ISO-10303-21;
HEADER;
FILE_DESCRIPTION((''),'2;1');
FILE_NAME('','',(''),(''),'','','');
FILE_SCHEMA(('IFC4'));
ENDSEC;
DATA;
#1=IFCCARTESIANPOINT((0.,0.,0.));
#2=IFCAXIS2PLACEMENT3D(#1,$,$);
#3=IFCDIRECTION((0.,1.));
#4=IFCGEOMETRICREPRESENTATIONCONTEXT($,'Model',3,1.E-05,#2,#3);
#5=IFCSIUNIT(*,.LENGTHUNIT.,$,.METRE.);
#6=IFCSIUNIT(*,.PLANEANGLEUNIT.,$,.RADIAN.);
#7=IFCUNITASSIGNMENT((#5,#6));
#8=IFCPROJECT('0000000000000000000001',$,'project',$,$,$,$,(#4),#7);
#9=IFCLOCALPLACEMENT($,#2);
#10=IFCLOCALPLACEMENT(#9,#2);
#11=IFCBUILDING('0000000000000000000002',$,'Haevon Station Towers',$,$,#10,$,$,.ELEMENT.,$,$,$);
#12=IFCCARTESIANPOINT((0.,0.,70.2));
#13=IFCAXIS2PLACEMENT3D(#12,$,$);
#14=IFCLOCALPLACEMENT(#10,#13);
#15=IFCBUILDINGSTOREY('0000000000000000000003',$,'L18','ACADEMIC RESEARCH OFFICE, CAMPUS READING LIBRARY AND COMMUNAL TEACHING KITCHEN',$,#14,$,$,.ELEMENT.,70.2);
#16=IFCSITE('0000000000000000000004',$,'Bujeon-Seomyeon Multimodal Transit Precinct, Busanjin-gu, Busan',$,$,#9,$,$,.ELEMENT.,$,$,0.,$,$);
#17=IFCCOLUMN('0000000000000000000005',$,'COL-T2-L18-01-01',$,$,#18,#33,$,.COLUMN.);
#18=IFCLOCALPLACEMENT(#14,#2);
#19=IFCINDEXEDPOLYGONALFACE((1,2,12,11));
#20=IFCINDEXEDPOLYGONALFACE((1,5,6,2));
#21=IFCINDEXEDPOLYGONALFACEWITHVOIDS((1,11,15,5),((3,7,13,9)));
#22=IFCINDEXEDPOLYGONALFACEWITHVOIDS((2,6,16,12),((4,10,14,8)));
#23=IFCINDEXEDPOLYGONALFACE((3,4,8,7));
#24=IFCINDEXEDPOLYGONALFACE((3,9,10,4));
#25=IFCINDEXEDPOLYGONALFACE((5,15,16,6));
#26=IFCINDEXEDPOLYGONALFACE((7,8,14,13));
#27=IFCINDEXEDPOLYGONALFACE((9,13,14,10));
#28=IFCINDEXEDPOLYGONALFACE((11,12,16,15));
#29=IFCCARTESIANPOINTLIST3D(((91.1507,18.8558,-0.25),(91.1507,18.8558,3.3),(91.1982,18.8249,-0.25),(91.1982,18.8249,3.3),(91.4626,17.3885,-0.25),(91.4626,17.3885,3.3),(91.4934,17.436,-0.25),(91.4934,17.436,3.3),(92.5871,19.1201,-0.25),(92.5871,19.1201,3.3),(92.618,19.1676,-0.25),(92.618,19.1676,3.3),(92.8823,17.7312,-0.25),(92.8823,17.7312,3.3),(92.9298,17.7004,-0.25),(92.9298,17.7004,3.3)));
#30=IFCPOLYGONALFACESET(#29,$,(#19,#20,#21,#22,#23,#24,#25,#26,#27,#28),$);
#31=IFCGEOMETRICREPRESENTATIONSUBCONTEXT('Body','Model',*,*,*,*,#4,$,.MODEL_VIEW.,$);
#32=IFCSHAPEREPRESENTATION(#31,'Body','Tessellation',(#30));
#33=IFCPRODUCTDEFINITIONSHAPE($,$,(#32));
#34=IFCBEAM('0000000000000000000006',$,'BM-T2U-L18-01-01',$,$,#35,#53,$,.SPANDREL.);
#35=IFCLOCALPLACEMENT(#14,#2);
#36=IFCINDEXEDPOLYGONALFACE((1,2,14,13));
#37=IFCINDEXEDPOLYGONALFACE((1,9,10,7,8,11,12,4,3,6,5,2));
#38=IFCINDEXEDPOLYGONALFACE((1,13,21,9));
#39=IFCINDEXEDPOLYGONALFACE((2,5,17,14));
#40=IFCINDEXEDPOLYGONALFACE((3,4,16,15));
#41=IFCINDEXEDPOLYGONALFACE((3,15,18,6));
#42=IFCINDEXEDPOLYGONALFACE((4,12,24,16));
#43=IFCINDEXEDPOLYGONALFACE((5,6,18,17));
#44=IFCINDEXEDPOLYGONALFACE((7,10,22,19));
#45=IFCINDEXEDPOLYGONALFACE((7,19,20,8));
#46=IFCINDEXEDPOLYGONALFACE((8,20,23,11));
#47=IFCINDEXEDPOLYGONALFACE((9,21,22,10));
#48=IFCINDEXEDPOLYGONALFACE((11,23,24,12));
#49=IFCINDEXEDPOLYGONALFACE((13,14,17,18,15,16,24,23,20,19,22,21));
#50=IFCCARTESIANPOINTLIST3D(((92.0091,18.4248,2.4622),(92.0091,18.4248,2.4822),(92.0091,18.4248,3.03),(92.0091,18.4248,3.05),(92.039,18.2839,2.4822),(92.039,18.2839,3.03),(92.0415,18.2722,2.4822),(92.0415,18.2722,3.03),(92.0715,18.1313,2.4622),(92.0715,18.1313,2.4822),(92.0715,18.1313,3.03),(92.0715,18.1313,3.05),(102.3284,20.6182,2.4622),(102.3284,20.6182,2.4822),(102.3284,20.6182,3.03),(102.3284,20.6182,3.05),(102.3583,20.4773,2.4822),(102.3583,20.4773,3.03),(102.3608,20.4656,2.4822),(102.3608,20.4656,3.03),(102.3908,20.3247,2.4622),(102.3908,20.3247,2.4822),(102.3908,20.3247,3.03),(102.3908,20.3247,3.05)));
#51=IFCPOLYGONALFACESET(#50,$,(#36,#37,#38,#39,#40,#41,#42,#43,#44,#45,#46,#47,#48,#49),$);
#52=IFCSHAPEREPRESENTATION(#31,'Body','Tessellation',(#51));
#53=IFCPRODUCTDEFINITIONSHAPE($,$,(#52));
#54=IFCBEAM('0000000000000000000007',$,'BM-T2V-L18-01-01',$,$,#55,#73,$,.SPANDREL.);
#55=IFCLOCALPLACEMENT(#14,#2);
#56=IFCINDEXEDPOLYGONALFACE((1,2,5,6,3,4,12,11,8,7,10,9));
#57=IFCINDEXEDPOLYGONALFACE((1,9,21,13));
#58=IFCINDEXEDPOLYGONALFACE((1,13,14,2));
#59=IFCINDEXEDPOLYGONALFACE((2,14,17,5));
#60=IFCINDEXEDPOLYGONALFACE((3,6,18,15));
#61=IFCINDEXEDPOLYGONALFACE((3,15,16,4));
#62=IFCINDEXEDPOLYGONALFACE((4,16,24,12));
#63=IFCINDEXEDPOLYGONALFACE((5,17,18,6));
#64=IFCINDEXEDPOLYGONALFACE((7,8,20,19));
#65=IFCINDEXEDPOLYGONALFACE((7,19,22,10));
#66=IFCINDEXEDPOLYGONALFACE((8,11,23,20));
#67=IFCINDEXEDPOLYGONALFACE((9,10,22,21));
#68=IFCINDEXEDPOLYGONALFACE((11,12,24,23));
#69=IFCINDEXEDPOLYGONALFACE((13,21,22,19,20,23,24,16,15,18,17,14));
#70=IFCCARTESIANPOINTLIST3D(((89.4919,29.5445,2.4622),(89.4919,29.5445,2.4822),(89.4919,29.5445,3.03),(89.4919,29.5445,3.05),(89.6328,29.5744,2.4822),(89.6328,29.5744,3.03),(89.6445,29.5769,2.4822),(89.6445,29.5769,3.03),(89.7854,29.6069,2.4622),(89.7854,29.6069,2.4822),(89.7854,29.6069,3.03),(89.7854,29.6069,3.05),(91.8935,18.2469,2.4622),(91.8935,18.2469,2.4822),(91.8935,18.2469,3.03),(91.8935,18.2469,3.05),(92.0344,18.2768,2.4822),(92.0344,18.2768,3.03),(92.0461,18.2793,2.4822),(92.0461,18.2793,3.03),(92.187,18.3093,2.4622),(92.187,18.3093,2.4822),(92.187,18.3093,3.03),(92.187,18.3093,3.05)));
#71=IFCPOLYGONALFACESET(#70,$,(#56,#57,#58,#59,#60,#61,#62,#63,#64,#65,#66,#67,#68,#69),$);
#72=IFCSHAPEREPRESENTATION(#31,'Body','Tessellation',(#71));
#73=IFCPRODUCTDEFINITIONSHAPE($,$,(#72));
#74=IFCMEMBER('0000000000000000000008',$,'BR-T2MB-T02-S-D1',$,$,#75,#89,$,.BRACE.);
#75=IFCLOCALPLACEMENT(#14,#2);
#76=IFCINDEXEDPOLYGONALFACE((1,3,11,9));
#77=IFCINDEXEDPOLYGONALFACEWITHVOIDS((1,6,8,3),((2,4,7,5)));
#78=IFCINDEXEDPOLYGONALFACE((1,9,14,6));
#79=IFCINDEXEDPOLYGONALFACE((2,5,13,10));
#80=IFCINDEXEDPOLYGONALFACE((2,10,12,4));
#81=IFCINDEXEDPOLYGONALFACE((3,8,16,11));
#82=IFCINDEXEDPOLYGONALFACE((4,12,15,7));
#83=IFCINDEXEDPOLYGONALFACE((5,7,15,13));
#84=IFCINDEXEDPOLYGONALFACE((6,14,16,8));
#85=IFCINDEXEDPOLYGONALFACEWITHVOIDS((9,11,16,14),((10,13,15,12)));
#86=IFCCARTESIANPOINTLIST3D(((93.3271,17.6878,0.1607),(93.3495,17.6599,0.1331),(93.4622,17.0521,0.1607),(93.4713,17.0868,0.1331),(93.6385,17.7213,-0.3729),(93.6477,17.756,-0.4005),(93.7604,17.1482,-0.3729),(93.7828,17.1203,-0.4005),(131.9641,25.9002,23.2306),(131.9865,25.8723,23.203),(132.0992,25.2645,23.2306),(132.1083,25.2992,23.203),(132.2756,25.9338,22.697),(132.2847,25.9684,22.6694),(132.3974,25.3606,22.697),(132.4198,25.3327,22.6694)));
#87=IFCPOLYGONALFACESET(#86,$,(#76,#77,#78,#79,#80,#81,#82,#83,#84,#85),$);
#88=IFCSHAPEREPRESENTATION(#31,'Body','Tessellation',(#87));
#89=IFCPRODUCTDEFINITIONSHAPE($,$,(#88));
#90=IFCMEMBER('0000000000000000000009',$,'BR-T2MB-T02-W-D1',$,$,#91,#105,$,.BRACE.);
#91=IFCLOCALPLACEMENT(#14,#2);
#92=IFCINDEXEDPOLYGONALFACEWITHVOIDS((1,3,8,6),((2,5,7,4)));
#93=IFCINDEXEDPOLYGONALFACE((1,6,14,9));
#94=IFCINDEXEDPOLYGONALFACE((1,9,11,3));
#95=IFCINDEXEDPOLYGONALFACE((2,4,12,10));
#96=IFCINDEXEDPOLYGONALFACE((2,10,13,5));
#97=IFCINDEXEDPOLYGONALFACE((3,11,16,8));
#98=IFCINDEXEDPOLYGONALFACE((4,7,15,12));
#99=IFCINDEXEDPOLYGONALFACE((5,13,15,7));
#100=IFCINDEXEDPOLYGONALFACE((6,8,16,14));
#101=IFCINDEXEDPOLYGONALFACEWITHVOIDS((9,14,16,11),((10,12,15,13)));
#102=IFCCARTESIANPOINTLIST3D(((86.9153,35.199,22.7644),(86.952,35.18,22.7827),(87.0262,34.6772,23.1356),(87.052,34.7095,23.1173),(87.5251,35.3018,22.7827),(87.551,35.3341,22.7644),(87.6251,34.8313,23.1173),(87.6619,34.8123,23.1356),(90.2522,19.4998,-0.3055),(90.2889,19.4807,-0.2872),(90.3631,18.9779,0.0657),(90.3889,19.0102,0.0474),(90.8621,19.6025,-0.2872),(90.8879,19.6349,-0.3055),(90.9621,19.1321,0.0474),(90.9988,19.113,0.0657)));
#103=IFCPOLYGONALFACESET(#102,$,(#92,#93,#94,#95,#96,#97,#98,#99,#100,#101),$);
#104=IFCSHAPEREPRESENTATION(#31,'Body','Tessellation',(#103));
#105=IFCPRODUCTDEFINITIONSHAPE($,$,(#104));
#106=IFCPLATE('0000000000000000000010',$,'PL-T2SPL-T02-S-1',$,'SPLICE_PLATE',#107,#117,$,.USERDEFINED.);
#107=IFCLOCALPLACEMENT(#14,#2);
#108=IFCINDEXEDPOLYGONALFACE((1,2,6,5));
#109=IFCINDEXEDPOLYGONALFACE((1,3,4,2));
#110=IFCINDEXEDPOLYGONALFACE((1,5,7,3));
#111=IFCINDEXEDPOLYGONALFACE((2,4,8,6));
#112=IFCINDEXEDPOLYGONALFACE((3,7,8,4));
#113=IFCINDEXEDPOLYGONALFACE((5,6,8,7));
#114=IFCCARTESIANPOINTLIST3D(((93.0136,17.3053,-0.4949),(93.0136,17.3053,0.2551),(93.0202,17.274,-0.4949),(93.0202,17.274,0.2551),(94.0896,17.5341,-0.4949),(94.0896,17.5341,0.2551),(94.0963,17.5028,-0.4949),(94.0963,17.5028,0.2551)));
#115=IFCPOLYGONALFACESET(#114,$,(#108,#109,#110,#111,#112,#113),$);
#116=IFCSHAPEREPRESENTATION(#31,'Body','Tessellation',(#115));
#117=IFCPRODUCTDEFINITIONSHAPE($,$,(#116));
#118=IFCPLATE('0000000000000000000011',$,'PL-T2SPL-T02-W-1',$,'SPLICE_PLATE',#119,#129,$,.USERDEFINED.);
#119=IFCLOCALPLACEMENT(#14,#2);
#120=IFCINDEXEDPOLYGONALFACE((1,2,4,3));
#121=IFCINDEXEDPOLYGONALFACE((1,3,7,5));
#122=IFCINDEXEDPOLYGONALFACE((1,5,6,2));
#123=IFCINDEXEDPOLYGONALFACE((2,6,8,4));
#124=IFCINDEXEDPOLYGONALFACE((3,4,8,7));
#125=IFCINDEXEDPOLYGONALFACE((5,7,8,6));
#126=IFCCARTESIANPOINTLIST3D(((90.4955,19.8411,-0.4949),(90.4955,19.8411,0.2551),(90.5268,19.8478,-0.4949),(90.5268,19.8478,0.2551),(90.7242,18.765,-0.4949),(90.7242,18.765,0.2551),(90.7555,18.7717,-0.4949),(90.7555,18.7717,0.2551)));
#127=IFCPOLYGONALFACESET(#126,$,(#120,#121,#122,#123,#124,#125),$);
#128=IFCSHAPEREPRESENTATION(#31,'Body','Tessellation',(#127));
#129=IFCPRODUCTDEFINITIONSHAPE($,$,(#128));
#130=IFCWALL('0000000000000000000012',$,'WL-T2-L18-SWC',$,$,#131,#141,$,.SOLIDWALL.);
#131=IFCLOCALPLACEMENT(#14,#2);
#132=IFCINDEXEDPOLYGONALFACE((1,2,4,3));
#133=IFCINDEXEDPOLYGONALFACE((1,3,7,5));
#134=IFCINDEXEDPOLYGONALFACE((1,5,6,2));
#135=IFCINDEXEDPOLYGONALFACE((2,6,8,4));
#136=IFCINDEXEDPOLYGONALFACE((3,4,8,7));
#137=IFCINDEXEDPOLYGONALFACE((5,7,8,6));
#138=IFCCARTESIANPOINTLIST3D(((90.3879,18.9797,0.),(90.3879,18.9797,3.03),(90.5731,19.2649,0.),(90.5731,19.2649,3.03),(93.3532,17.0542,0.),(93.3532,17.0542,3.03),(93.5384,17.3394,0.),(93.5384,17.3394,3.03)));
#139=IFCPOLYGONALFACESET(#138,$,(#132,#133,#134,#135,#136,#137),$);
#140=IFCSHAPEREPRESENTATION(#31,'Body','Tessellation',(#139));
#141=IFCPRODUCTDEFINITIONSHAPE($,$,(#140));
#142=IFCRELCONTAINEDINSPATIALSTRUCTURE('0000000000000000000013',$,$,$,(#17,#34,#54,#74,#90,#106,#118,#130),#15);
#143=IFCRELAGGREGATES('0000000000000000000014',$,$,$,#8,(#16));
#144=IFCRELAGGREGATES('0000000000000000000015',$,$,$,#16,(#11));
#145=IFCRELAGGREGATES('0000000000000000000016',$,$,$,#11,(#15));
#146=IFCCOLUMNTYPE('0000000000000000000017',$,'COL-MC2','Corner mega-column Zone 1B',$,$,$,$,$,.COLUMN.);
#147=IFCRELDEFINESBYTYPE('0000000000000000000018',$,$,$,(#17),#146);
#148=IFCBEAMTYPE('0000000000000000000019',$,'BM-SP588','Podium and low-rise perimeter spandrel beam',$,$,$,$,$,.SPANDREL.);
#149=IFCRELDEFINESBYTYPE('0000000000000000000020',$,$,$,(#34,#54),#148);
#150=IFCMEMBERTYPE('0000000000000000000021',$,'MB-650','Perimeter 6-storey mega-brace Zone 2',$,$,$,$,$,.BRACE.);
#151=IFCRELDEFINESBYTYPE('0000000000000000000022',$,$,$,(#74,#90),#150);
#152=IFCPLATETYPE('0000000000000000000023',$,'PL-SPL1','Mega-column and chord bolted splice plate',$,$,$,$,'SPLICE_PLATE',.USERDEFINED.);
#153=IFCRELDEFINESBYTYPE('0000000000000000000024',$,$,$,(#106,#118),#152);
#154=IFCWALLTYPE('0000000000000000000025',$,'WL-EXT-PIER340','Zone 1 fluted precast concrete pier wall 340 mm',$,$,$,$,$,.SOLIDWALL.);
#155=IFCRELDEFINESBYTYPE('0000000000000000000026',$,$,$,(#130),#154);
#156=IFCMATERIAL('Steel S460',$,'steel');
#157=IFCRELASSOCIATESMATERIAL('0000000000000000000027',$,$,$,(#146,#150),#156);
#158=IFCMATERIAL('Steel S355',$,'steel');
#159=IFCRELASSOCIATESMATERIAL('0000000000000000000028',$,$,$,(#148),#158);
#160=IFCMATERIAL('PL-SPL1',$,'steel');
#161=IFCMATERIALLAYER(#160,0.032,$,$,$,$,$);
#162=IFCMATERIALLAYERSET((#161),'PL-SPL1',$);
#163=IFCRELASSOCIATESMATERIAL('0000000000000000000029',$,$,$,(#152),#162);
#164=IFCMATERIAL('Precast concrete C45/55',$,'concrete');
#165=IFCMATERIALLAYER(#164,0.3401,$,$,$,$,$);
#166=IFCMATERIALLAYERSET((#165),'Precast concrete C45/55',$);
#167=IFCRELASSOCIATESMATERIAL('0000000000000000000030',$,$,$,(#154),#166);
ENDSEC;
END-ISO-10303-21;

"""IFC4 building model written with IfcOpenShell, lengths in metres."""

from ifc_helpers import new_model, si_unit, direction, frame, frame_2d, origin, origin_2d, place, context, subcontext, project, spatial, rectangle, hollow_rectangle, i_section, extrude, material, layer, layer_set, material_profile, profile_set, type_object, element, save


model = new_model("IFC4")

# Units and contexts
model_context = context("Model", 3, precision=1e-05, world=origin(), true_north=direction((0.0, 1.0)))
body_context = subcontext(model_context, "Body", "Model", "MODEL_VIEW")
ifc_project = project(units=[si_unit("LENGTHUNIT", "METRE"), si_unit("PLANEANGLEUNIT", "RADIAN")], contexts=[model_context])

# Site, building, storey
site_placement = place(None, origin())
site = spatial("IfcSite", under=ifc_project, at=site_placement, Name="Bujeon-Seomyeon Multimodal Transit Precinct, Busanjin-gu, Busan", CompositionType="ELEMENT", RefElevation=0.0)
building_placement = place(site_placement, origin())
building = spatial("IfcBuilding", under=site, at=building_placement, Name="Haevon Station Towers", CompositionType="ELEMENT")
storey_placement = place(building_placement, frame((0.0, 0.0, 70.2)))
storey = spatial("IfcBuildingStorey", under=building, at=storey_placement, Name="L18", Description="ACADEMIC RESEARCH OFFICE, CAMPUS READING LIBRARY AND COMMUNAL TEACHING KITCHEN", CompositionType="ELEMENT", Elevation=70.2)

# Column
ifc_material_1 = material(Name="Steel S460", Category="steel")
ifc_material_profile_1 = material_profile(ifc_material_1, hollow_rectangle(XDim=1.5, YDim=1.5, WallThickness=0.04, at=origin_2d()), Name="BOX-1500x1500x40")
ifc_profile_set_1 = profile_set([ifc_material_profile_1], Name="Steel S460")
column_type = type_object("IfcColumnType", Name="COL-MC2", Description="Corner mega-column Zone 1B", PredefinedType="COLUMN", material=ifc_profile_set_1)
column_placement = place(storey_placement, frame((92.0403, 18.2781, -0.25), z_axis=(0.0, 0.0, 1.0), x_axis=(0.978148, 0.207912, 0.0)))
element("IfcColumn", 1, at=column_placement, inside=storey, type_object=column_type, Name="COL-T2-L18-01-01", PredefinedType="COLUMN", context=body_context, shape_type="SweptSolid", body=[
    extrude(hollow_rectangle(XDim=1.5, YDim=1.5, WallThickness=0.04, at=origin_2d()), origin(), (0.0, 0.0, 1.0), 3.55),
])

# Beams
ifc_material_2 = material(Name="Steel S355", Category="steel")
ifc_material_profile_2 = material_profile(ifc_material_2, i_section(OverallWidth=0.3, OverallDepth=0.5879, WebThickness=0.012, FlangeThickness=0.02, at=origin_2d()), Name="H-588x300x12x20")
ifc_profile_set_2 = profile_set([ifc_material_profile_2], Name="Steel S355")
beam_type = type_object("IfcBeamType", Name="BM-SP588", Description="Podium and low-rise perimeter spandrel beam", PredefinedType="SPANDREL", material=ifc_profile_set_2)
beam_1_placement = place(storey_placement, frame((92.0403, 18.2781, 2.7561), z_axis=(0.978149, 0.207904, 0.0), x_axis=(-0.207904, 0.978149, 0.0)))
element("IfcBeam", 2, at=beam_1_placement, inside=storey, type_object=beam_type, Name="BM-T2U-L18-01-01", PredefinedType="SPANDREL", context=body_context, shape_type="SweptSolid", body=[
    extrude(i_section(OverallWidth=0.3, OverallDepth=0.5879, WebThickness=0.012, FlangeThickness=0.02, at=origin_2d()), origin(), (0.0, 0.0, 1.0), 10.5498),
])
beam_2_placement = place(storey_placement, frame((92.0403, 18.2781, 2.7561), z_axis=(-0.207931, 0.978144, 0.0), x_axis=(-0.978144, -0.207931, 0.0)))
element("IfcBeam", 3, at=beam_2_placement, inside=storey, type_object=beam_type, Name="BM-T2V-L18-01-01", PredefinedType="SPANDREL", context=body_context, shape_type="SweptSolid", body=[
    extrude(i_section(OverallWidth=0.3, OverallDepth=0.5879, WebThickness=0.012, FlangeThickness=0.02, at=origin_2d()), origin(), (0.0, 0.0, 1.0), 11.55),
])

# Members
ifc_material_profile_3 = material_profile(ifc_material_1, hollow_rectangle(XDim=0.6499, YDim=0.6499, WallThickness=0.032, at=origin_2d()), Name="RHS-650x650x32")
ifc_profile_set_3 = profile_set([ifc_material_profile_3], Name="Steel S460")
member_type = type_object("IfcMemberType", Name="MB-650", Description="Perimeter 6-storey mega-brace Zone 2", PredefinedType="BRACE", material=ifc_profile_set_3)
member_1_placement = place(storey_placement, frame((93.5549, 17.4041, -0.1199), z_axis=(0.844642, 0.179531, 0.504329), x_axis=(-0.207908, 0.978148, 0.0)))
element("IfcMember", 4, at=member_1_placement, inside=storey, type_object=member_type, Name="BR-T2MB-T02-S-D1", PredefinedType="BRACE", context=body_context, shape_type="SweptSolid", body=[
    extrude(hollow_rectangle(XDim=0.6499, YDim=0.6499, WallThickness=0.032, at=origin_2d()), origin(), (0.0, 0.0, 1.0), 45.7437),
])
member_2_placement = place(storey_placement, frame((90.6255, 19.3064, -0.1199), z_axis=(-0.118736, 0.558618, 0.820882), x_axis=(-0.978148, -0.207908, 0.0)))
element("IfcMember", 5, at=member_2_placement, inside=storey, type_object=member_type, Name="BR-T2MB-T02-W-D1", PredefinedType="BRACE", context=body_context, shape_type="SweptSolid", body=[
    extrude(hollow_rectangle(XDim=0.6499, YDim=0.6499, WallThickness=0.032, at=origin_2d()), origin(), (0.0, 0.0, 1.0), 28.1038),
])

# Plates
ifc_material_3 = material(Name="PL-SPL1", Category="steel")
ifc_layer_1 = layer(ifc_material_3, 0.032)
ifc_layer_set_1 = layer_set([ifc_layer_1], Name="PL-SPL1")
plate_type = type_object("IfcPlateType", Name="PL-SPL1", Description="Mega-column and chord bolted splice plate", ElementType="SPLICE_PLATE", PredefinedType="USERDEFINED", material=ifc_layer_set_1)
for number, where, z_axis, x_axis, name in (
    (6, (93.5549, 17.4041, -0.4949), (0.0, 0.0, 1.0), (0.978148, 0.207912, 0.0), "PL-T2SPL-T02-S-1"),
    (7, (90.6255, 19.3064, -0.4949), (0.0, 0.0, 1.0), (-0.207912, 0.978148, 0.0), "PL-T2SPL-T02-W-1"),
):
    element("IfcPlate", number, at=place(storey_placement, frame(where, z_axis=z_axis, x_axis=x_axis)), inside=storey, type_object=plate_type, Name=name, ObjectType="SPLICE_PLATE", PredefinedType="USERDEFINED", context=body_context, shape_type="SweptSolid", body=[
        extrude(rectangle(XDim=1.1001, YDim=0.032, at=origin_2d()), origin(), (0.0, 0.0, 1.0), 0.75),
    ])

# Wall
ifc_material_4 = material(Name="Precast concrete C45/55", Category="concrete")
ifc_layer_2 = layer(ifc_material_4, 0.3401)
ifc_layer_set_2 = layer_set([ifc_layer_2], Name="Precast concrete C45/55")
wall_type_1 = type_object("IfcWallType", Name="WL-EXT-PIER340", Description="Zone 1 fluted precast concrete pier wall 340 mm", PredefinedType="SOLIDWALL", material=ifc_layer_set_2)
wall_1_placement = place(storey_placement, frame((93.4458, 17.1968, 0.0), z_axis=(0.0, 0.0, 1.0), x_axis=(-0.838693, 0.544605, 0.0)))
element("IfcWall", 8, at=wall_1_placement, inside=storey, type_object=wall_type_1, Name="WL-T2-L18-SWC", PredefinedType="SOLIDWALL", context=body_context, shape_type="SweptSolid", body=[
    extrude(rectangle(XDim=3.5356, YDim=0.3401, at=frame_2d((1.7678, 0.0))), origin(), (0.0, 0.0, 1.0), 3.03),
])

save(model, "model.ifc")
